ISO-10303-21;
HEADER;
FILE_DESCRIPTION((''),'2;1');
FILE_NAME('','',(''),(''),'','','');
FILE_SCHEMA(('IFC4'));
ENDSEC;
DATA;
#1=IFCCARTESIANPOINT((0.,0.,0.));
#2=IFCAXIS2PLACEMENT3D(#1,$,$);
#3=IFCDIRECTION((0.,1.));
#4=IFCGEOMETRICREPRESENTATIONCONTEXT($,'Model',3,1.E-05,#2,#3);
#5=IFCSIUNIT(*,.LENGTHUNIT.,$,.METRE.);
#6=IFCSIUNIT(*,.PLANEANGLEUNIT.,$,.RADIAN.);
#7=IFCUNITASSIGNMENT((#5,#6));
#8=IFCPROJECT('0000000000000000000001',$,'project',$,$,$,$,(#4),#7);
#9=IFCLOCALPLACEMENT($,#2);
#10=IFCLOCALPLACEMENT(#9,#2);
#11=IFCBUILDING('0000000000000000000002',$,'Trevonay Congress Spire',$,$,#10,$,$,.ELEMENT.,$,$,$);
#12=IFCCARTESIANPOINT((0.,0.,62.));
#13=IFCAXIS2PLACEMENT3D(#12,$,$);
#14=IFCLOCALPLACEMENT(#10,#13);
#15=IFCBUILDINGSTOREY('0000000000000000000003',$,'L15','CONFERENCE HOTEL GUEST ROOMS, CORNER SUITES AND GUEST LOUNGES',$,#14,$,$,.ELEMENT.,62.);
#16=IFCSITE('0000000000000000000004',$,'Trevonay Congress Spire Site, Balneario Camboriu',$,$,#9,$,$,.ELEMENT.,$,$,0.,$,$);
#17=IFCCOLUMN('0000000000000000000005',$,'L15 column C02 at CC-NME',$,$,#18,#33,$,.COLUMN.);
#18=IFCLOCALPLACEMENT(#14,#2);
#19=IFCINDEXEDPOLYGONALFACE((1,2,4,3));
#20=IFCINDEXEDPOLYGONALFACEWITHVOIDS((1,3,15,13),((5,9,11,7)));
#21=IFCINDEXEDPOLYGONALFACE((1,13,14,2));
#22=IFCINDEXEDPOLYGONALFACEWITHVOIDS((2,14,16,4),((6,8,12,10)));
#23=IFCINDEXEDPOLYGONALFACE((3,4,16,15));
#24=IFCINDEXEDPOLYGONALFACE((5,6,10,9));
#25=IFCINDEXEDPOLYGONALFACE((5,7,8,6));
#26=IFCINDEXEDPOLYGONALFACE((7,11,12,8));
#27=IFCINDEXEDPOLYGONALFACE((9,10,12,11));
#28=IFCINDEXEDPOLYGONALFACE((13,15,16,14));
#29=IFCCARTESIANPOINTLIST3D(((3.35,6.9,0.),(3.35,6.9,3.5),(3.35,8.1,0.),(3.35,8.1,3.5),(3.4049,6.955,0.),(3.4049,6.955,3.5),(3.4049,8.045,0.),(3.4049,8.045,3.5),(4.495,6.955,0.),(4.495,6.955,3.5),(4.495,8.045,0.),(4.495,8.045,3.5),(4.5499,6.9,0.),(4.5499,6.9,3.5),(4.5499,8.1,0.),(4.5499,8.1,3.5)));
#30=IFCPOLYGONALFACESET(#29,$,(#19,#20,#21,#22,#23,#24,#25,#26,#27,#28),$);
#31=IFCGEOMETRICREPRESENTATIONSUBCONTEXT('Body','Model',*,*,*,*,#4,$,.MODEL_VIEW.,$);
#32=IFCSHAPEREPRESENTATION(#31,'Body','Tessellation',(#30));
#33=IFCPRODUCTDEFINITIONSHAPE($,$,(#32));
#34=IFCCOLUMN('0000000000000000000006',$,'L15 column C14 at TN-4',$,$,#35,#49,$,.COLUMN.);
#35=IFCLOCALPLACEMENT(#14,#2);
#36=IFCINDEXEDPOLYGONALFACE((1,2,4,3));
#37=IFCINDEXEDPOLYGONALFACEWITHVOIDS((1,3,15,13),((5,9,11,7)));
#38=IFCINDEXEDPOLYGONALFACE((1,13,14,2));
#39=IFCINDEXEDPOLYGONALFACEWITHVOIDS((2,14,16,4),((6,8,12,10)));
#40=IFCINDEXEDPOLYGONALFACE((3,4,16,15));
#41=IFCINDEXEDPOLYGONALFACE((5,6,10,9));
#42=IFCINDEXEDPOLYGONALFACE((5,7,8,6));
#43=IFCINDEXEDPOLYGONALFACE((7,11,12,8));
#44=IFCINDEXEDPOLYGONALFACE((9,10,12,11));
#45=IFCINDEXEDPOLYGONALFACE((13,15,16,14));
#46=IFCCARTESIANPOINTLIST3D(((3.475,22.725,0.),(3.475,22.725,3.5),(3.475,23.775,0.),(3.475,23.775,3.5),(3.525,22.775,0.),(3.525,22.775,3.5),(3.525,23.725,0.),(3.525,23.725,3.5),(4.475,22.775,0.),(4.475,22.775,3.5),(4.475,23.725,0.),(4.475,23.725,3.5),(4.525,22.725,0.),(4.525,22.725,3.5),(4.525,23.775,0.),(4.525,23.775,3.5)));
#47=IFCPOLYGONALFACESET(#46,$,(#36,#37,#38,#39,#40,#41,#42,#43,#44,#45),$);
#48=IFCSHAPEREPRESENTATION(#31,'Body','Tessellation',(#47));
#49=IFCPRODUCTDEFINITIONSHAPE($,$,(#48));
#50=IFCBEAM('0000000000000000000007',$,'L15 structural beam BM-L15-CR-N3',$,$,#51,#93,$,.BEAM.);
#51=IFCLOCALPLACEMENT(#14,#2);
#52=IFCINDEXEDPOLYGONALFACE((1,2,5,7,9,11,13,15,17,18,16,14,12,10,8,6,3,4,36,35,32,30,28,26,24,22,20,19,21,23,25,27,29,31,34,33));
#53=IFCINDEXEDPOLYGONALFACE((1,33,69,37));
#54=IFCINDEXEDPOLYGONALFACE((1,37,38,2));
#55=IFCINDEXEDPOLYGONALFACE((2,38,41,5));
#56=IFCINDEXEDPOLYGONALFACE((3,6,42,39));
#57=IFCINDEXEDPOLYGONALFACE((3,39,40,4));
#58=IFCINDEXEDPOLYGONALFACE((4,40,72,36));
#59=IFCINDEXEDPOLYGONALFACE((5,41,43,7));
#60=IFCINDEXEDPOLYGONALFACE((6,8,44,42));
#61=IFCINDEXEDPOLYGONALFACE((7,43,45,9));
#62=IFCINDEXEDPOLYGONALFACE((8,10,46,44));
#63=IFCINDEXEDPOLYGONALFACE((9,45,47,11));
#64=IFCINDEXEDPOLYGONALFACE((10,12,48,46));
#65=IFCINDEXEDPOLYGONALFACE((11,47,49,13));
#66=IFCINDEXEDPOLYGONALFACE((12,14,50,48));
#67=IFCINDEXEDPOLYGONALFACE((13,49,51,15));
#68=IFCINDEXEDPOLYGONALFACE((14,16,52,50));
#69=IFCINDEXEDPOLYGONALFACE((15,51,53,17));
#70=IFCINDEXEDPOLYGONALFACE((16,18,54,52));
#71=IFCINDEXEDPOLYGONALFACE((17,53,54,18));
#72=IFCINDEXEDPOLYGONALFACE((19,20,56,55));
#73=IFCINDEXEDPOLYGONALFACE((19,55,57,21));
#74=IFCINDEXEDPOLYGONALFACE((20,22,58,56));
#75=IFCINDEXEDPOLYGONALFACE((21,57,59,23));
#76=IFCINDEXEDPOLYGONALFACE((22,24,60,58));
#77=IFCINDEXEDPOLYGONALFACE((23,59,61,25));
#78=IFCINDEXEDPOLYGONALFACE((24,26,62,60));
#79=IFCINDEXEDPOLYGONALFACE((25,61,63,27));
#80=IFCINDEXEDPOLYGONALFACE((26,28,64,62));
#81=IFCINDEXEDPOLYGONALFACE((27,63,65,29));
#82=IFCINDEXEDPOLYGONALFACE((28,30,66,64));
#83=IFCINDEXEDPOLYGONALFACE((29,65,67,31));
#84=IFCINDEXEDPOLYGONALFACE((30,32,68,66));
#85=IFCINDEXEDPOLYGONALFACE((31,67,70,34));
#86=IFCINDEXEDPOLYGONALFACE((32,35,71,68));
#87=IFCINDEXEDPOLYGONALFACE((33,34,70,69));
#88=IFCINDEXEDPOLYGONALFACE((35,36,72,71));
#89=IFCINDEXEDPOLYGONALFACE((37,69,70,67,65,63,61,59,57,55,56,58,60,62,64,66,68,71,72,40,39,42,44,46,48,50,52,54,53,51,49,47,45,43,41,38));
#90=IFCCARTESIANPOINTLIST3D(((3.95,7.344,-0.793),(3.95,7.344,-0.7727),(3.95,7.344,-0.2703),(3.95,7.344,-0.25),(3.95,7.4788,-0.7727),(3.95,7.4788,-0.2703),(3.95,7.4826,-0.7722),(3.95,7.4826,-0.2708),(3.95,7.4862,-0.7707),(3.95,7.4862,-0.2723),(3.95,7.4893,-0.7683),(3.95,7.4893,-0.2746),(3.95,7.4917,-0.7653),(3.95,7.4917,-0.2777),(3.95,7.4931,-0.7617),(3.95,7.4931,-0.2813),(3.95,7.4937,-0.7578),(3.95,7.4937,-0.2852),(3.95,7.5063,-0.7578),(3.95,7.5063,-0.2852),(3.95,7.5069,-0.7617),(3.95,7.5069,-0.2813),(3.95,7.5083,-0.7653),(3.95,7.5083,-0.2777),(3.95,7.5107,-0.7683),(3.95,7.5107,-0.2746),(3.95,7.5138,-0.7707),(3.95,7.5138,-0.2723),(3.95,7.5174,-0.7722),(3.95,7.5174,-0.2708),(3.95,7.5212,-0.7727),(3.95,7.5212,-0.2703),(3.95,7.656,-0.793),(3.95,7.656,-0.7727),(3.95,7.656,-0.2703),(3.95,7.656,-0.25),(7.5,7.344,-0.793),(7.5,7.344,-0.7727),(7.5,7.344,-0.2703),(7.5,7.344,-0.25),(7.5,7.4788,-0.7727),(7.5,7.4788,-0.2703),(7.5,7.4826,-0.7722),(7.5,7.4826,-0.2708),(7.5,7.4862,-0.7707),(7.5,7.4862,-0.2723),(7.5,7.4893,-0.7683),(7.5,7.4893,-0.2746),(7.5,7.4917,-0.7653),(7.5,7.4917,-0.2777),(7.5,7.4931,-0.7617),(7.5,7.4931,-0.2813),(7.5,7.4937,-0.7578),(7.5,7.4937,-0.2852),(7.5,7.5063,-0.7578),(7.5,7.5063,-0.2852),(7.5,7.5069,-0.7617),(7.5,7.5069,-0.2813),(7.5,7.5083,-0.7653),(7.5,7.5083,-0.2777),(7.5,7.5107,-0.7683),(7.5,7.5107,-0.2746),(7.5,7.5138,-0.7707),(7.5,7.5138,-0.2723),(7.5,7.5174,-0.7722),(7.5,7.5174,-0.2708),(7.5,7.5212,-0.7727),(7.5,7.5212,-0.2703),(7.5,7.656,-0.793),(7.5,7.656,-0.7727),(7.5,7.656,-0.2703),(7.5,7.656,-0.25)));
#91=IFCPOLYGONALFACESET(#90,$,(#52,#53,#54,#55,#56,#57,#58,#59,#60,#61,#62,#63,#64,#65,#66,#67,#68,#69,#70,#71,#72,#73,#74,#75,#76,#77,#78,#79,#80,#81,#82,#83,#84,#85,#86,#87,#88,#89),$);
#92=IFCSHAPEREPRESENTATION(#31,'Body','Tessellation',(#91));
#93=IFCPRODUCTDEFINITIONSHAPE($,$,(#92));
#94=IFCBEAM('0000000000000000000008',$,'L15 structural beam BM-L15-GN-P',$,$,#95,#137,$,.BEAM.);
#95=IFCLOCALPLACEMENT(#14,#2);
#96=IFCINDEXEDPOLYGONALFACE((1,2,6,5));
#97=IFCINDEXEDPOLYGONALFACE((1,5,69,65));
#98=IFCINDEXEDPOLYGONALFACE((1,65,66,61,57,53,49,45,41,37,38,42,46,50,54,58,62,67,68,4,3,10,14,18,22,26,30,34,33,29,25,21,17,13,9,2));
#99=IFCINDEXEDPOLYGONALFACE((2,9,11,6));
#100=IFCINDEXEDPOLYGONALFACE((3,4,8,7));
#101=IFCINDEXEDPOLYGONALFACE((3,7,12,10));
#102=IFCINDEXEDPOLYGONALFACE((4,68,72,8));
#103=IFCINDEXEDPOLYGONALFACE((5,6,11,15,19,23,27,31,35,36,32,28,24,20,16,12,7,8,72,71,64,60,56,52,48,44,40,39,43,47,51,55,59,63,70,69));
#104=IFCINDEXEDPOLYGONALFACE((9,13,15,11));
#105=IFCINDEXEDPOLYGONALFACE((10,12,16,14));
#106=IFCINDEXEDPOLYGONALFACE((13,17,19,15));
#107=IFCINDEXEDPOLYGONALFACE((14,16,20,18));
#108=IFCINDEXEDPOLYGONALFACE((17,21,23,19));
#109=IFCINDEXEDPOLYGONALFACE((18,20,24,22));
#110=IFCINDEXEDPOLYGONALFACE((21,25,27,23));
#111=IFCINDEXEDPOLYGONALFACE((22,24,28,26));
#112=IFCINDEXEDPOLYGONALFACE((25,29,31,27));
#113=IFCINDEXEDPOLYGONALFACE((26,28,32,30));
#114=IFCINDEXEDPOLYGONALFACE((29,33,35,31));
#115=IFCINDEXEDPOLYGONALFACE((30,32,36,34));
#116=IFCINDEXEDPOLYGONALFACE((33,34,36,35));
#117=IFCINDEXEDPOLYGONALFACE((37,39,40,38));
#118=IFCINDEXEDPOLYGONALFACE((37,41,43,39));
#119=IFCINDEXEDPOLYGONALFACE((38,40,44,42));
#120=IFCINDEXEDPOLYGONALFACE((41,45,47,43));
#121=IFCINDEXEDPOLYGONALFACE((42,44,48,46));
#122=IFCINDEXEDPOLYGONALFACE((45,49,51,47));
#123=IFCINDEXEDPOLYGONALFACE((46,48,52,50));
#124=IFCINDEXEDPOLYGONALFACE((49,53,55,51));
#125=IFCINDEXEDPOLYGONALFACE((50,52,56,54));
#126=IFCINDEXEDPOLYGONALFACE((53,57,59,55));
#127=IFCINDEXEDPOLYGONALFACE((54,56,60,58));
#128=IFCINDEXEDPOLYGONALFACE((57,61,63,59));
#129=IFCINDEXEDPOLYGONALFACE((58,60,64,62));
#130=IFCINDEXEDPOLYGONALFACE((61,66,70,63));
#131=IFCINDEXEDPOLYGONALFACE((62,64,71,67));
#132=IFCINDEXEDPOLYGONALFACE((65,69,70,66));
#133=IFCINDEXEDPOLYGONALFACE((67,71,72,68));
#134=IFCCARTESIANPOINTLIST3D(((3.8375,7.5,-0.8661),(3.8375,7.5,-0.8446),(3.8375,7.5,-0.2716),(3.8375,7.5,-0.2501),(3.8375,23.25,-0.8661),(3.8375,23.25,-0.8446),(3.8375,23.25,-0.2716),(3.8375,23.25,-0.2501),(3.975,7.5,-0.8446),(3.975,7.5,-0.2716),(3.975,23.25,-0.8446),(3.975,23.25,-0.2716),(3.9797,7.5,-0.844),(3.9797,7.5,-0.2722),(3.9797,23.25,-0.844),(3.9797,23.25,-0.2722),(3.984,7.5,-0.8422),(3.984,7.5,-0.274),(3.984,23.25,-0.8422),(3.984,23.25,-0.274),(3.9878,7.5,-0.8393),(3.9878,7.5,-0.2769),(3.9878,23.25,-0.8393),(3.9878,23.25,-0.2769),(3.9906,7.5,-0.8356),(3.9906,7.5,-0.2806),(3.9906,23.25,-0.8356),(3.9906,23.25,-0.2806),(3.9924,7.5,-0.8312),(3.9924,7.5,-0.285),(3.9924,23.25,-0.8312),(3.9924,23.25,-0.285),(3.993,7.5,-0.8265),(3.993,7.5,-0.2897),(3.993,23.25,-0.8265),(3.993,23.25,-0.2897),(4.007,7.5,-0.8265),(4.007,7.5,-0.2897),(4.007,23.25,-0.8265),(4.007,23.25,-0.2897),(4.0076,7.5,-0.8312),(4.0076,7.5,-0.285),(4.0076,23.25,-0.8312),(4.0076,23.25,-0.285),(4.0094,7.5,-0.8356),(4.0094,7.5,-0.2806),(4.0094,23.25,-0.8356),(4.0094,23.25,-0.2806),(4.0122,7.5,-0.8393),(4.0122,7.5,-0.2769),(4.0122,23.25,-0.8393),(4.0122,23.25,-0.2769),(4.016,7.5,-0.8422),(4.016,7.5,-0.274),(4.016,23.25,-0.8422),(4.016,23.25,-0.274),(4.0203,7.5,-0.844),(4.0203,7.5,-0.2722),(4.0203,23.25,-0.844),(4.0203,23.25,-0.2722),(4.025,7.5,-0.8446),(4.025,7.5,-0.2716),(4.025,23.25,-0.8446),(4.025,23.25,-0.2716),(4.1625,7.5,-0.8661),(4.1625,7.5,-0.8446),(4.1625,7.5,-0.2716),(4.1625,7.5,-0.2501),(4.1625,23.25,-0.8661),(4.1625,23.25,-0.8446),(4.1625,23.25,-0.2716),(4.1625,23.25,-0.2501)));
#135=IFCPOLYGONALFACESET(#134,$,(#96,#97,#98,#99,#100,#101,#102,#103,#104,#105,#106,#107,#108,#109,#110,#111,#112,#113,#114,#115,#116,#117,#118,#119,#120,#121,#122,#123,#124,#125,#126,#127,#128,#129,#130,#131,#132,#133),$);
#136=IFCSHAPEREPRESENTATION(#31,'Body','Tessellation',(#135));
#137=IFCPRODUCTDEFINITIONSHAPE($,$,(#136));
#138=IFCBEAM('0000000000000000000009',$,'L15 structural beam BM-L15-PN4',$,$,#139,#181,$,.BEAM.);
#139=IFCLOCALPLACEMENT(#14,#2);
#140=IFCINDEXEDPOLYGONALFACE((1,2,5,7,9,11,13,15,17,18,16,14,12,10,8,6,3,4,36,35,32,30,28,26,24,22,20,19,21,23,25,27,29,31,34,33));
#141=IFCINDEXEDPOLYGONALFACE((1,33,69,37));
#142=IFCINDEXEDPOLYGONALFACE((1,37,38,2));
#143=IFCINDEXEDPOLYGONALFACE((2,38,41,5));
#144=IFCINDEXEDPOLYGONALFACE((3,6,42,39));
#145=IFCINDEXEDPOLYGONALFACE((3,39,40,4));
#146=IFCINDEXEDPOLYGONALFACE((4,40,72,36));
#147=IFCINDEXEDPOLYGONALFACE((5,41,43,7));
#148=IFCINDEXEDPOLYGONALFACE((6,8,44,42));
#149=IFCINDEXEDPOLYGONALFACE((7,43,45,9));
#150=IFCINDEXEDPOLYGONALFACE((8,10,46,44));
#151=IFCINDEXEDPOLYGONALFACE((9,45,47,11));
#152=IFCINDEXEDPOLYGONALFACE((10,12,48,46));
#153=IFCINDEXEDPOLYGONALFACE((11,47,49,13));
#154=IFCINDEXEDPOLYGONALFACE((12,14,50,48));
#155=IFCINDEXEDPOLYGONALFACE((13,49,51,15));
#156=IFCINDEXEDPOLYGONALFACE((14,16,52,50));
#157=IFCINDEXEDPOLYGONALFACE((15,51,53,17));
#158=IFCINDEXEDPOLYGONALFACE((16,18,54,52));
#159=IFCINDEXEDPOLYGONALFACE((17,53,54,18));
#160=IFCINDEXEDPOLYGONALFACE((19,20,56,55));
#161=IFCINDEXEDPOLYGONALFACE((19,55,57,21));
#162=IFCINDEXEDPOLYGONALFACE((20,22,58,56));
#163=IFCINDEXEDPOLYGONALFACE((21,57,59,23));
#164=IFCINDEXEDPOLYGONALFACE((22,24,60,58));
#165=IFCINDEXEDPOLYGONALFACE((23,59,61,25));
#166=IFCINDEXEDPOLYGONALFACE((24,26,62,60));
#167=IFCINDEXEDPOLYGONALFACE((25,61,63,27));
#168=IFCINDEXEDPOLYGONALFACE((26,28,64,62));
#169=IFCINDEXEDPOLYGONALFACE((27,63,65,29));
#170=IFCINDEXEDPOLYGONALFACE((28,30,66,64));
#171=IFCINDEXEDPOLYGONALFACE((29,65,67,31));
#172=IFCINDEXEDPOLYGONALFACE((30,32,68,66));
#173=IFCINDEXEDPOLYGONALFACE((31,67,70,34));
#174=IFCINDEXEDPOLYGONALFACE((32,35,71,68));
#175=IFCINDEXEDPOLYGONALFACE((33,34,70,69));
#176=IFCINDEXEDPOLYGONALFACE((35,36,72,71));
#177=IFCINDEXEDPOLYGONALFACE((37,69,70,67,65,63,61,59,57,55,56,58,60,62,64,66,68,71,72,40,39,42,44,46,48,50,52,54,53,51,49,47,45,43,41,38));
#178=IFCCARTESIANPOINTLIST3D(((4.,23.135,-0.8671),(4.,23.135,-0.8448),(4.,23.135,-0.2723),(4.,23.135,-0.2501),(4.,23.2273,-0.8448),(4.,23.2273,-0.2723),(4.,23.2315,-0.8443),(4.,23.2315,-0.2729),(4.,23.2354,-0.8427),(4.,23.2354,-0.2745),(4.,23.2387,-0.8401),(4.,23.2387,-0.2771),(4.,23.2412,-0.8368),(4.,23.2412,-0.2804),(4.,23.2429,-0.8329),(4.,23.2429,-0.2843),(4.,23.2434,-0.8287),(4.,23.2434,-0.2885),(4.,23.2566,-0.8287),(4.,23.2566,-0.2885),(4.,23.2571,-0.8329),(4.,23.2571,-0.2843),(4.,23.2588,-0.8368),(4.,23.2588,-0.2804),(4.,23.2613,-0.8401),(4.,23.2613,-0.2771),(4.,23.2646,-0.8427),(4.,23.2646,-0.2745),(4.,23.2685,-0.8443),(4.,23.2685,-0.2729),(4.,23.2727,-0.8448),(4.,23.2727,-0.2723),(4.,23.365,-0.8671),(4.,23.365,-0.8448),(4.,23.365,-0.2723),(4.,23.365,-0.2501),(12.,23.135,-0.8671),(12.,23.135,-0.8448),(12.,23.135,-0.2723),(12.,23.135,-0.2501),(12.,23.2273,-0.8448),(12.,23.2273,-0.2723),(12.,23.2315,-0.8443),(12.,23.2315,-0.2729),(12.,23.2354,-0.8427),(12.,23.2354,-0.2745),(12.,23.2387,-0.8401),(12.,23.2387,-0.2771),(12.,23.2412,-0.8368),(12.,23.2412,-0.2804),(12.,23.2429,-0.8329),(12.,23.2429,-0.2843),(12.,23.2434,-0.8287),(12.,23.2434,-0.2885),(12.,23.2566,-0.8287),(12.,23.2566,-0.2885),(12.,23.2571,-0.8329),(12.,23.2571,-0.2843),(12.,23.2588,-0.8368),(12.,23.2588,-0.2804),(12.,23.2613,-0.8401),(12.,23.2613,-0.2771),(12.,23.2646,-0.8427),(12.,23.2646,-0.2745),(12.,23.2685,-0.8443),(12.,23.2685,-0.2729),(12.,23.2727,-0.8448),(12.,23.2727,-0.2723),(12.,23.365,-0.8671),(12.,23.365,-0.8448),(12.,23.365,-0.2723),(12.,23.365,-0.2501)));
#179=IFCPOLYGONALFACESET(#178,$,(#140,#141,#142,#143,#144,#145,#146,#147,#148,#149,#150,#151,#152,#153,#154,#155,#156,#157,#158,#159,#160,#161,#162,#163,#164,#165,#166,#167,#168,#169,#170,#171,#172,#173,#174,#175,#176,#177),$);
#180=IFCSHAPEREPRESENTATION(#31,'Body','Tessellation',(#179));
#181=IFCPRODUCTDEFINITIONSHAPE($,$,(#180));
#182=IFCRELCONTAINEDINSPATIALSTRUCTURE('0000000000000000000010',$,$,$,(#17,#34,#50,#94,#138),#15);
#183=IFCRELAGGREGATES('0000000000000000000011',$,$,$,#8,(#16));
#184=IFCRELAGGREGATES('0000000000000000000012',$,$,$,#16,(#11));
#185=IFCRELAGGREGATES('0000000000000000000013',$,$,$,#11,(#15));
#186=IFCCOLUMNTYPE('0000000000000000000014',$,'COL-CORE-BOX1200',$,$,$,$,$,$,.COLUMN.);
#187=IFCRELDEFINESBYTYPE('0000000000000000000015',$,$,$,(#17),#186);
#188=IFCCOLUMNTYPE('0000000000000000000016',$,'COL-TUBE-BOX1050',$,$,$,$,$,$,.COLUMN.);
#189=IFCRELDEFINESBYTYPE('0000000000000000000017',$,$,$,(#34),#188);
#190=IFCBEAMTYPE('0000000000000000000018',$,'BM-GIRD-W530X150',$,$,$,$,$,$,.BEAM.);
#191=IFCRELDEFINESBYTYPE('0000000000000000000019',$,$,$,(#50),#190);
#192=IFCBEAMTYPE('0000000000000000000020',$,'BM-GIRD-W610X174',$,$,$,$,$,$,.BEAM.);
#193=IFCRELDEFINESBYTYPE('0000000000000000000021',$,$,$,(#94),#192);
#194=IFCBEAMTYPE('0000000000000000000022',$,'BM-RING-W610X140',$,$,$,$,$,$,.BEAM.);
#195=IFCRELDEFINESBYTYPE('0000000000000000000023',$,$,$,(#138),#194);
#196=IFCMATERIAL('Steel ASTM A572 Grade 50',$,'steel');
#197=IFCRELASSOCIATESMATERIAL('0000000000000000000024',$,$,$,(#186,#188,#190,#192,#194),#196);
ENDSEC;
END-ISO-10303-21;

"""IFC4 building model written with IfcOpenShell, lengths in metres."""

from ifc_helpers import new_model, si_unit, direction, frame, origin, origin_2d, place, context, subcontext, project, spatial, hollow_rectangle, i_section, extrude, material, material_profile, profile_set, type_object, element, save


model = new_model("IFC4")

# Units and contexts
model_context = context("Model", 3, precision=1e-05, world=origin(), true_north=direction((0.0, 1.0)))
body_context = subcontext(model_context, "Body", "Model", "MODEL_VIEW")
ifc_project = project(units=[si_unit("LENGTHUNIT", "METRE"), si_unit("PLANEANGLEUNIT", "RADIAN")], contexts=[model_context])

# Site, building, storey
site_placement = place(None, origin())
site = spatial("IfcSite", under=ifc_project, at=site_placement, Name="Trevonay Congress Spire Site, Balneario Camboriu", CompositionType="ELEMENT", RefElevation=0.0)
building_placement = place(site_placement, origin())
building = spatial("IfcBuilding", under=site, at=building_placement, Name="Trevonay Congress Spire", CompositionType="ELEMENT")
storey_placement = place(building_placement, frame((0.0, 0.0, 62.0)))
storey = spatial("IfcBuildingStorey", under=building, at=storey_placement, Name="L15", Description="CONFERENCE HOTEL GUEST ROOMS, CORNER SUITES AND GUEST LOUNGES", CompositionType="ELEMENT", Elevation=62.0)

# Columns
ifc_material_1 = material(Name="Steel ASTM A572 Grade 50", Category="steel")
ifc_material_profile_1 = material_profile(ifc_material_1, hollow_rectangle(XDim=1.2, YDim=1.2, WallThickness=0.0549, at=origin_2d()), Name="BOX 1200x1200x55")
ifc_profile_set_1 = profile_set([ifc_material_profile_1], Name="Steel ASTM A572 Grade 50")
column_type_1 = type_object("IfcColumnType", Name="COL-CORE-BOX1200", PredefinedType="COLUMN", material=ifc_profile_set_1)
column_1_placement = place(storey_placement, frame((3.95, 7.5, 0.0), z_axis=(0.0, 0.0, 1.0), x_axis=(1.0, 0.0, 0.0)))
element("IfcColumn", 1, at=column_1_placement, inside=storey, type_object=column_type_1, Name="L15 column C02 at CC-NME", PredefinedType="COLUMN", context=body_context, shape_type="SweptSolid", body=[
    extrude(hollow_rectangle(XDim=1.2, YDim=1.2, WallThickness=0.0549, at=origin_2d()), origin(), (0.0, 0.0, 1.0), 3.5),
])
ifc_material_profile_2 = material_profile(ifc_material_1, hollow_rectangle(XDim=1.05, YDim=1.05, WallThickness=0.05, at=origin_2d()), Name="BOX 1050x1050x50")
ifc_profile_set_2 = profile_set([ifc_material_profile_2], Name="Steel ASTM A572 Grade 50")
column_type_2 = type_object("IfcColumnType", Name="COL-TUBE-BOX1050", PredefinedType="COLUMN", material=ifc_profile_set_2)
column_2_placement = place(storey_placement, frame((4.0, 23.25, 0.0), z_axis=(0.0, 0.0, 1.0), x_axis=(1.0, 0.0, 0.0)))
element("IfcColumn", 2, at=column_2_placement, inside=storey, type_object=column_type_2, Name="L15 column C14 at TN-4", PredefinedType="COLUMN", context=body_context, shape_type="SweptSolid", body=[
    extrude(hollow_rectangle(XDim=1.05, YDim=1.05, WallThickness=0.05, at=origin_2d()), origin(), (0.0, 0.0, 1.0), 3.5),
])

# Beams
ifc_material_profile_3 = material_profile(ifc_material_1, i_section(OverallWidth=0.312, OverallDepth=0.543, WebThickness=0.0127, FlangeThickness=0.0203, FilletRadius=0.0149, at=origin_2d()), Name="W530x150")
ifc_profile_set_3 = profile_set([ifc_material_profile_3], Name="Steel ASTM A572 Grade 50")
beam_type_1 = type_object("IfcBeamType", Name="BM-GIRD-W530X150", PredefinedType="BEAM", material=ifc_profile_set_3)
beam_1_placement = place(storey_placement, frame((3.95, 7.5, -0.5215), z_axis=(1.0, 0.0, 0.0), x_axis=(0.0, 1.0, 0.0)))
element("IfcBeam", 3, at=beam_1_placement, inside=storey, type_object=beam_type_1, Name="L15 structural beam BM-L15-CR-N3", PredefinedType="BEAM", context=body_context, shape_type="SweptSolid", body=[
    extrude(i_section(OverallWidth=0.312, OverallDepth=0.543, WebThickness=0.0127, FlangeThickness=0.0203, FilletRadius=0.0149, at=origin_2d()), origin(), (0.0, 0.0, 1.0), 3.55),
])
ifc_material_profile_4 = material_profile(ifc_material_1, i_section(OverallWidth=0.325, OverallDepth=0.616, WebThickness=0.0139, FlangeThickness=0.0215, FilletRadius=0.0181, at=origin_2d()), Name="W610x174")
ifc_profile_set_4 = profile_set([ifc_material_profile_4], Name="Steel ASTM A572 Grade 50")
beam_type_2 = type_object("IfcBeamType", Name="BM-GIRD-W610X174", PredefinedType="BEAM", material=ifc_profile_set_4)
beam_2_placement = place(storey_placement, frame((4.0, 7.5, -0.5581), z_axis=(0.0, 1.0, 0.0), x_axis=(-1.0, 0.0, 0.0)))
element("IfcBeam", 4, at=beam_2_placement, inside=storey, type_object=beam_type_2, Name="L15 structural beam BM-L15-GN-P", PredefinedType="BEAM", context=body_context, shape_type="SweptSolid", body=[
    extrude(i_section(OverallWidth=0.325, OverallDepth=0.616, WebThickness=0.0139, FlangeThickness=0.0215, FilletRadius=0.0181, at=origin_2d()), origin(), (0.0, 0.0, 1.0), 15.75),
])
ifc_material_profile_5 = material_profile(ifc_material_1, i_section(OverallWidth=0.23, OverallDepth=0.6169, WebThickness=0.0132, FlangeThickness=0.0222, FilletRadius=0.0161, at=origin_2d()), Name="W610x140")
ifc_profile_set_5 = profile_set([ifc_material_profile_5], Name="Steel ASTM A572 Grade 50")
beam_type_3 = type_object("IfcBeamType", Name="BM-RING-W610X140", PredefinedType="BEAM", material=ifc_profile_set_5)
beam_3_placement = place(storey_placement, frame((4.0, 23.25, -0.5586), z_axis=(1.0, 0.0, 0.0), x_axis=(0.0, 1.0, 0.0)))
element("IfcBeam", 5, at=beam_3_placement, inside=storey, type_object=beam_type_3, Name="L15 structural beam BM-L15-PN4", PredefinedType="BEAM", context=body_context, shape_type="SweptSolid", body=[
    extrude(i_section(OverallWidth=0.23, OverallDepth=0.6169, WebThickness=0.0132, FlangeThickness=0.0222, FilletRadius=0.0161, at=origin_2d()), origin(), (0.0, 0.0, 1.0), 8.0),
])

save(model, "model.ifc")
